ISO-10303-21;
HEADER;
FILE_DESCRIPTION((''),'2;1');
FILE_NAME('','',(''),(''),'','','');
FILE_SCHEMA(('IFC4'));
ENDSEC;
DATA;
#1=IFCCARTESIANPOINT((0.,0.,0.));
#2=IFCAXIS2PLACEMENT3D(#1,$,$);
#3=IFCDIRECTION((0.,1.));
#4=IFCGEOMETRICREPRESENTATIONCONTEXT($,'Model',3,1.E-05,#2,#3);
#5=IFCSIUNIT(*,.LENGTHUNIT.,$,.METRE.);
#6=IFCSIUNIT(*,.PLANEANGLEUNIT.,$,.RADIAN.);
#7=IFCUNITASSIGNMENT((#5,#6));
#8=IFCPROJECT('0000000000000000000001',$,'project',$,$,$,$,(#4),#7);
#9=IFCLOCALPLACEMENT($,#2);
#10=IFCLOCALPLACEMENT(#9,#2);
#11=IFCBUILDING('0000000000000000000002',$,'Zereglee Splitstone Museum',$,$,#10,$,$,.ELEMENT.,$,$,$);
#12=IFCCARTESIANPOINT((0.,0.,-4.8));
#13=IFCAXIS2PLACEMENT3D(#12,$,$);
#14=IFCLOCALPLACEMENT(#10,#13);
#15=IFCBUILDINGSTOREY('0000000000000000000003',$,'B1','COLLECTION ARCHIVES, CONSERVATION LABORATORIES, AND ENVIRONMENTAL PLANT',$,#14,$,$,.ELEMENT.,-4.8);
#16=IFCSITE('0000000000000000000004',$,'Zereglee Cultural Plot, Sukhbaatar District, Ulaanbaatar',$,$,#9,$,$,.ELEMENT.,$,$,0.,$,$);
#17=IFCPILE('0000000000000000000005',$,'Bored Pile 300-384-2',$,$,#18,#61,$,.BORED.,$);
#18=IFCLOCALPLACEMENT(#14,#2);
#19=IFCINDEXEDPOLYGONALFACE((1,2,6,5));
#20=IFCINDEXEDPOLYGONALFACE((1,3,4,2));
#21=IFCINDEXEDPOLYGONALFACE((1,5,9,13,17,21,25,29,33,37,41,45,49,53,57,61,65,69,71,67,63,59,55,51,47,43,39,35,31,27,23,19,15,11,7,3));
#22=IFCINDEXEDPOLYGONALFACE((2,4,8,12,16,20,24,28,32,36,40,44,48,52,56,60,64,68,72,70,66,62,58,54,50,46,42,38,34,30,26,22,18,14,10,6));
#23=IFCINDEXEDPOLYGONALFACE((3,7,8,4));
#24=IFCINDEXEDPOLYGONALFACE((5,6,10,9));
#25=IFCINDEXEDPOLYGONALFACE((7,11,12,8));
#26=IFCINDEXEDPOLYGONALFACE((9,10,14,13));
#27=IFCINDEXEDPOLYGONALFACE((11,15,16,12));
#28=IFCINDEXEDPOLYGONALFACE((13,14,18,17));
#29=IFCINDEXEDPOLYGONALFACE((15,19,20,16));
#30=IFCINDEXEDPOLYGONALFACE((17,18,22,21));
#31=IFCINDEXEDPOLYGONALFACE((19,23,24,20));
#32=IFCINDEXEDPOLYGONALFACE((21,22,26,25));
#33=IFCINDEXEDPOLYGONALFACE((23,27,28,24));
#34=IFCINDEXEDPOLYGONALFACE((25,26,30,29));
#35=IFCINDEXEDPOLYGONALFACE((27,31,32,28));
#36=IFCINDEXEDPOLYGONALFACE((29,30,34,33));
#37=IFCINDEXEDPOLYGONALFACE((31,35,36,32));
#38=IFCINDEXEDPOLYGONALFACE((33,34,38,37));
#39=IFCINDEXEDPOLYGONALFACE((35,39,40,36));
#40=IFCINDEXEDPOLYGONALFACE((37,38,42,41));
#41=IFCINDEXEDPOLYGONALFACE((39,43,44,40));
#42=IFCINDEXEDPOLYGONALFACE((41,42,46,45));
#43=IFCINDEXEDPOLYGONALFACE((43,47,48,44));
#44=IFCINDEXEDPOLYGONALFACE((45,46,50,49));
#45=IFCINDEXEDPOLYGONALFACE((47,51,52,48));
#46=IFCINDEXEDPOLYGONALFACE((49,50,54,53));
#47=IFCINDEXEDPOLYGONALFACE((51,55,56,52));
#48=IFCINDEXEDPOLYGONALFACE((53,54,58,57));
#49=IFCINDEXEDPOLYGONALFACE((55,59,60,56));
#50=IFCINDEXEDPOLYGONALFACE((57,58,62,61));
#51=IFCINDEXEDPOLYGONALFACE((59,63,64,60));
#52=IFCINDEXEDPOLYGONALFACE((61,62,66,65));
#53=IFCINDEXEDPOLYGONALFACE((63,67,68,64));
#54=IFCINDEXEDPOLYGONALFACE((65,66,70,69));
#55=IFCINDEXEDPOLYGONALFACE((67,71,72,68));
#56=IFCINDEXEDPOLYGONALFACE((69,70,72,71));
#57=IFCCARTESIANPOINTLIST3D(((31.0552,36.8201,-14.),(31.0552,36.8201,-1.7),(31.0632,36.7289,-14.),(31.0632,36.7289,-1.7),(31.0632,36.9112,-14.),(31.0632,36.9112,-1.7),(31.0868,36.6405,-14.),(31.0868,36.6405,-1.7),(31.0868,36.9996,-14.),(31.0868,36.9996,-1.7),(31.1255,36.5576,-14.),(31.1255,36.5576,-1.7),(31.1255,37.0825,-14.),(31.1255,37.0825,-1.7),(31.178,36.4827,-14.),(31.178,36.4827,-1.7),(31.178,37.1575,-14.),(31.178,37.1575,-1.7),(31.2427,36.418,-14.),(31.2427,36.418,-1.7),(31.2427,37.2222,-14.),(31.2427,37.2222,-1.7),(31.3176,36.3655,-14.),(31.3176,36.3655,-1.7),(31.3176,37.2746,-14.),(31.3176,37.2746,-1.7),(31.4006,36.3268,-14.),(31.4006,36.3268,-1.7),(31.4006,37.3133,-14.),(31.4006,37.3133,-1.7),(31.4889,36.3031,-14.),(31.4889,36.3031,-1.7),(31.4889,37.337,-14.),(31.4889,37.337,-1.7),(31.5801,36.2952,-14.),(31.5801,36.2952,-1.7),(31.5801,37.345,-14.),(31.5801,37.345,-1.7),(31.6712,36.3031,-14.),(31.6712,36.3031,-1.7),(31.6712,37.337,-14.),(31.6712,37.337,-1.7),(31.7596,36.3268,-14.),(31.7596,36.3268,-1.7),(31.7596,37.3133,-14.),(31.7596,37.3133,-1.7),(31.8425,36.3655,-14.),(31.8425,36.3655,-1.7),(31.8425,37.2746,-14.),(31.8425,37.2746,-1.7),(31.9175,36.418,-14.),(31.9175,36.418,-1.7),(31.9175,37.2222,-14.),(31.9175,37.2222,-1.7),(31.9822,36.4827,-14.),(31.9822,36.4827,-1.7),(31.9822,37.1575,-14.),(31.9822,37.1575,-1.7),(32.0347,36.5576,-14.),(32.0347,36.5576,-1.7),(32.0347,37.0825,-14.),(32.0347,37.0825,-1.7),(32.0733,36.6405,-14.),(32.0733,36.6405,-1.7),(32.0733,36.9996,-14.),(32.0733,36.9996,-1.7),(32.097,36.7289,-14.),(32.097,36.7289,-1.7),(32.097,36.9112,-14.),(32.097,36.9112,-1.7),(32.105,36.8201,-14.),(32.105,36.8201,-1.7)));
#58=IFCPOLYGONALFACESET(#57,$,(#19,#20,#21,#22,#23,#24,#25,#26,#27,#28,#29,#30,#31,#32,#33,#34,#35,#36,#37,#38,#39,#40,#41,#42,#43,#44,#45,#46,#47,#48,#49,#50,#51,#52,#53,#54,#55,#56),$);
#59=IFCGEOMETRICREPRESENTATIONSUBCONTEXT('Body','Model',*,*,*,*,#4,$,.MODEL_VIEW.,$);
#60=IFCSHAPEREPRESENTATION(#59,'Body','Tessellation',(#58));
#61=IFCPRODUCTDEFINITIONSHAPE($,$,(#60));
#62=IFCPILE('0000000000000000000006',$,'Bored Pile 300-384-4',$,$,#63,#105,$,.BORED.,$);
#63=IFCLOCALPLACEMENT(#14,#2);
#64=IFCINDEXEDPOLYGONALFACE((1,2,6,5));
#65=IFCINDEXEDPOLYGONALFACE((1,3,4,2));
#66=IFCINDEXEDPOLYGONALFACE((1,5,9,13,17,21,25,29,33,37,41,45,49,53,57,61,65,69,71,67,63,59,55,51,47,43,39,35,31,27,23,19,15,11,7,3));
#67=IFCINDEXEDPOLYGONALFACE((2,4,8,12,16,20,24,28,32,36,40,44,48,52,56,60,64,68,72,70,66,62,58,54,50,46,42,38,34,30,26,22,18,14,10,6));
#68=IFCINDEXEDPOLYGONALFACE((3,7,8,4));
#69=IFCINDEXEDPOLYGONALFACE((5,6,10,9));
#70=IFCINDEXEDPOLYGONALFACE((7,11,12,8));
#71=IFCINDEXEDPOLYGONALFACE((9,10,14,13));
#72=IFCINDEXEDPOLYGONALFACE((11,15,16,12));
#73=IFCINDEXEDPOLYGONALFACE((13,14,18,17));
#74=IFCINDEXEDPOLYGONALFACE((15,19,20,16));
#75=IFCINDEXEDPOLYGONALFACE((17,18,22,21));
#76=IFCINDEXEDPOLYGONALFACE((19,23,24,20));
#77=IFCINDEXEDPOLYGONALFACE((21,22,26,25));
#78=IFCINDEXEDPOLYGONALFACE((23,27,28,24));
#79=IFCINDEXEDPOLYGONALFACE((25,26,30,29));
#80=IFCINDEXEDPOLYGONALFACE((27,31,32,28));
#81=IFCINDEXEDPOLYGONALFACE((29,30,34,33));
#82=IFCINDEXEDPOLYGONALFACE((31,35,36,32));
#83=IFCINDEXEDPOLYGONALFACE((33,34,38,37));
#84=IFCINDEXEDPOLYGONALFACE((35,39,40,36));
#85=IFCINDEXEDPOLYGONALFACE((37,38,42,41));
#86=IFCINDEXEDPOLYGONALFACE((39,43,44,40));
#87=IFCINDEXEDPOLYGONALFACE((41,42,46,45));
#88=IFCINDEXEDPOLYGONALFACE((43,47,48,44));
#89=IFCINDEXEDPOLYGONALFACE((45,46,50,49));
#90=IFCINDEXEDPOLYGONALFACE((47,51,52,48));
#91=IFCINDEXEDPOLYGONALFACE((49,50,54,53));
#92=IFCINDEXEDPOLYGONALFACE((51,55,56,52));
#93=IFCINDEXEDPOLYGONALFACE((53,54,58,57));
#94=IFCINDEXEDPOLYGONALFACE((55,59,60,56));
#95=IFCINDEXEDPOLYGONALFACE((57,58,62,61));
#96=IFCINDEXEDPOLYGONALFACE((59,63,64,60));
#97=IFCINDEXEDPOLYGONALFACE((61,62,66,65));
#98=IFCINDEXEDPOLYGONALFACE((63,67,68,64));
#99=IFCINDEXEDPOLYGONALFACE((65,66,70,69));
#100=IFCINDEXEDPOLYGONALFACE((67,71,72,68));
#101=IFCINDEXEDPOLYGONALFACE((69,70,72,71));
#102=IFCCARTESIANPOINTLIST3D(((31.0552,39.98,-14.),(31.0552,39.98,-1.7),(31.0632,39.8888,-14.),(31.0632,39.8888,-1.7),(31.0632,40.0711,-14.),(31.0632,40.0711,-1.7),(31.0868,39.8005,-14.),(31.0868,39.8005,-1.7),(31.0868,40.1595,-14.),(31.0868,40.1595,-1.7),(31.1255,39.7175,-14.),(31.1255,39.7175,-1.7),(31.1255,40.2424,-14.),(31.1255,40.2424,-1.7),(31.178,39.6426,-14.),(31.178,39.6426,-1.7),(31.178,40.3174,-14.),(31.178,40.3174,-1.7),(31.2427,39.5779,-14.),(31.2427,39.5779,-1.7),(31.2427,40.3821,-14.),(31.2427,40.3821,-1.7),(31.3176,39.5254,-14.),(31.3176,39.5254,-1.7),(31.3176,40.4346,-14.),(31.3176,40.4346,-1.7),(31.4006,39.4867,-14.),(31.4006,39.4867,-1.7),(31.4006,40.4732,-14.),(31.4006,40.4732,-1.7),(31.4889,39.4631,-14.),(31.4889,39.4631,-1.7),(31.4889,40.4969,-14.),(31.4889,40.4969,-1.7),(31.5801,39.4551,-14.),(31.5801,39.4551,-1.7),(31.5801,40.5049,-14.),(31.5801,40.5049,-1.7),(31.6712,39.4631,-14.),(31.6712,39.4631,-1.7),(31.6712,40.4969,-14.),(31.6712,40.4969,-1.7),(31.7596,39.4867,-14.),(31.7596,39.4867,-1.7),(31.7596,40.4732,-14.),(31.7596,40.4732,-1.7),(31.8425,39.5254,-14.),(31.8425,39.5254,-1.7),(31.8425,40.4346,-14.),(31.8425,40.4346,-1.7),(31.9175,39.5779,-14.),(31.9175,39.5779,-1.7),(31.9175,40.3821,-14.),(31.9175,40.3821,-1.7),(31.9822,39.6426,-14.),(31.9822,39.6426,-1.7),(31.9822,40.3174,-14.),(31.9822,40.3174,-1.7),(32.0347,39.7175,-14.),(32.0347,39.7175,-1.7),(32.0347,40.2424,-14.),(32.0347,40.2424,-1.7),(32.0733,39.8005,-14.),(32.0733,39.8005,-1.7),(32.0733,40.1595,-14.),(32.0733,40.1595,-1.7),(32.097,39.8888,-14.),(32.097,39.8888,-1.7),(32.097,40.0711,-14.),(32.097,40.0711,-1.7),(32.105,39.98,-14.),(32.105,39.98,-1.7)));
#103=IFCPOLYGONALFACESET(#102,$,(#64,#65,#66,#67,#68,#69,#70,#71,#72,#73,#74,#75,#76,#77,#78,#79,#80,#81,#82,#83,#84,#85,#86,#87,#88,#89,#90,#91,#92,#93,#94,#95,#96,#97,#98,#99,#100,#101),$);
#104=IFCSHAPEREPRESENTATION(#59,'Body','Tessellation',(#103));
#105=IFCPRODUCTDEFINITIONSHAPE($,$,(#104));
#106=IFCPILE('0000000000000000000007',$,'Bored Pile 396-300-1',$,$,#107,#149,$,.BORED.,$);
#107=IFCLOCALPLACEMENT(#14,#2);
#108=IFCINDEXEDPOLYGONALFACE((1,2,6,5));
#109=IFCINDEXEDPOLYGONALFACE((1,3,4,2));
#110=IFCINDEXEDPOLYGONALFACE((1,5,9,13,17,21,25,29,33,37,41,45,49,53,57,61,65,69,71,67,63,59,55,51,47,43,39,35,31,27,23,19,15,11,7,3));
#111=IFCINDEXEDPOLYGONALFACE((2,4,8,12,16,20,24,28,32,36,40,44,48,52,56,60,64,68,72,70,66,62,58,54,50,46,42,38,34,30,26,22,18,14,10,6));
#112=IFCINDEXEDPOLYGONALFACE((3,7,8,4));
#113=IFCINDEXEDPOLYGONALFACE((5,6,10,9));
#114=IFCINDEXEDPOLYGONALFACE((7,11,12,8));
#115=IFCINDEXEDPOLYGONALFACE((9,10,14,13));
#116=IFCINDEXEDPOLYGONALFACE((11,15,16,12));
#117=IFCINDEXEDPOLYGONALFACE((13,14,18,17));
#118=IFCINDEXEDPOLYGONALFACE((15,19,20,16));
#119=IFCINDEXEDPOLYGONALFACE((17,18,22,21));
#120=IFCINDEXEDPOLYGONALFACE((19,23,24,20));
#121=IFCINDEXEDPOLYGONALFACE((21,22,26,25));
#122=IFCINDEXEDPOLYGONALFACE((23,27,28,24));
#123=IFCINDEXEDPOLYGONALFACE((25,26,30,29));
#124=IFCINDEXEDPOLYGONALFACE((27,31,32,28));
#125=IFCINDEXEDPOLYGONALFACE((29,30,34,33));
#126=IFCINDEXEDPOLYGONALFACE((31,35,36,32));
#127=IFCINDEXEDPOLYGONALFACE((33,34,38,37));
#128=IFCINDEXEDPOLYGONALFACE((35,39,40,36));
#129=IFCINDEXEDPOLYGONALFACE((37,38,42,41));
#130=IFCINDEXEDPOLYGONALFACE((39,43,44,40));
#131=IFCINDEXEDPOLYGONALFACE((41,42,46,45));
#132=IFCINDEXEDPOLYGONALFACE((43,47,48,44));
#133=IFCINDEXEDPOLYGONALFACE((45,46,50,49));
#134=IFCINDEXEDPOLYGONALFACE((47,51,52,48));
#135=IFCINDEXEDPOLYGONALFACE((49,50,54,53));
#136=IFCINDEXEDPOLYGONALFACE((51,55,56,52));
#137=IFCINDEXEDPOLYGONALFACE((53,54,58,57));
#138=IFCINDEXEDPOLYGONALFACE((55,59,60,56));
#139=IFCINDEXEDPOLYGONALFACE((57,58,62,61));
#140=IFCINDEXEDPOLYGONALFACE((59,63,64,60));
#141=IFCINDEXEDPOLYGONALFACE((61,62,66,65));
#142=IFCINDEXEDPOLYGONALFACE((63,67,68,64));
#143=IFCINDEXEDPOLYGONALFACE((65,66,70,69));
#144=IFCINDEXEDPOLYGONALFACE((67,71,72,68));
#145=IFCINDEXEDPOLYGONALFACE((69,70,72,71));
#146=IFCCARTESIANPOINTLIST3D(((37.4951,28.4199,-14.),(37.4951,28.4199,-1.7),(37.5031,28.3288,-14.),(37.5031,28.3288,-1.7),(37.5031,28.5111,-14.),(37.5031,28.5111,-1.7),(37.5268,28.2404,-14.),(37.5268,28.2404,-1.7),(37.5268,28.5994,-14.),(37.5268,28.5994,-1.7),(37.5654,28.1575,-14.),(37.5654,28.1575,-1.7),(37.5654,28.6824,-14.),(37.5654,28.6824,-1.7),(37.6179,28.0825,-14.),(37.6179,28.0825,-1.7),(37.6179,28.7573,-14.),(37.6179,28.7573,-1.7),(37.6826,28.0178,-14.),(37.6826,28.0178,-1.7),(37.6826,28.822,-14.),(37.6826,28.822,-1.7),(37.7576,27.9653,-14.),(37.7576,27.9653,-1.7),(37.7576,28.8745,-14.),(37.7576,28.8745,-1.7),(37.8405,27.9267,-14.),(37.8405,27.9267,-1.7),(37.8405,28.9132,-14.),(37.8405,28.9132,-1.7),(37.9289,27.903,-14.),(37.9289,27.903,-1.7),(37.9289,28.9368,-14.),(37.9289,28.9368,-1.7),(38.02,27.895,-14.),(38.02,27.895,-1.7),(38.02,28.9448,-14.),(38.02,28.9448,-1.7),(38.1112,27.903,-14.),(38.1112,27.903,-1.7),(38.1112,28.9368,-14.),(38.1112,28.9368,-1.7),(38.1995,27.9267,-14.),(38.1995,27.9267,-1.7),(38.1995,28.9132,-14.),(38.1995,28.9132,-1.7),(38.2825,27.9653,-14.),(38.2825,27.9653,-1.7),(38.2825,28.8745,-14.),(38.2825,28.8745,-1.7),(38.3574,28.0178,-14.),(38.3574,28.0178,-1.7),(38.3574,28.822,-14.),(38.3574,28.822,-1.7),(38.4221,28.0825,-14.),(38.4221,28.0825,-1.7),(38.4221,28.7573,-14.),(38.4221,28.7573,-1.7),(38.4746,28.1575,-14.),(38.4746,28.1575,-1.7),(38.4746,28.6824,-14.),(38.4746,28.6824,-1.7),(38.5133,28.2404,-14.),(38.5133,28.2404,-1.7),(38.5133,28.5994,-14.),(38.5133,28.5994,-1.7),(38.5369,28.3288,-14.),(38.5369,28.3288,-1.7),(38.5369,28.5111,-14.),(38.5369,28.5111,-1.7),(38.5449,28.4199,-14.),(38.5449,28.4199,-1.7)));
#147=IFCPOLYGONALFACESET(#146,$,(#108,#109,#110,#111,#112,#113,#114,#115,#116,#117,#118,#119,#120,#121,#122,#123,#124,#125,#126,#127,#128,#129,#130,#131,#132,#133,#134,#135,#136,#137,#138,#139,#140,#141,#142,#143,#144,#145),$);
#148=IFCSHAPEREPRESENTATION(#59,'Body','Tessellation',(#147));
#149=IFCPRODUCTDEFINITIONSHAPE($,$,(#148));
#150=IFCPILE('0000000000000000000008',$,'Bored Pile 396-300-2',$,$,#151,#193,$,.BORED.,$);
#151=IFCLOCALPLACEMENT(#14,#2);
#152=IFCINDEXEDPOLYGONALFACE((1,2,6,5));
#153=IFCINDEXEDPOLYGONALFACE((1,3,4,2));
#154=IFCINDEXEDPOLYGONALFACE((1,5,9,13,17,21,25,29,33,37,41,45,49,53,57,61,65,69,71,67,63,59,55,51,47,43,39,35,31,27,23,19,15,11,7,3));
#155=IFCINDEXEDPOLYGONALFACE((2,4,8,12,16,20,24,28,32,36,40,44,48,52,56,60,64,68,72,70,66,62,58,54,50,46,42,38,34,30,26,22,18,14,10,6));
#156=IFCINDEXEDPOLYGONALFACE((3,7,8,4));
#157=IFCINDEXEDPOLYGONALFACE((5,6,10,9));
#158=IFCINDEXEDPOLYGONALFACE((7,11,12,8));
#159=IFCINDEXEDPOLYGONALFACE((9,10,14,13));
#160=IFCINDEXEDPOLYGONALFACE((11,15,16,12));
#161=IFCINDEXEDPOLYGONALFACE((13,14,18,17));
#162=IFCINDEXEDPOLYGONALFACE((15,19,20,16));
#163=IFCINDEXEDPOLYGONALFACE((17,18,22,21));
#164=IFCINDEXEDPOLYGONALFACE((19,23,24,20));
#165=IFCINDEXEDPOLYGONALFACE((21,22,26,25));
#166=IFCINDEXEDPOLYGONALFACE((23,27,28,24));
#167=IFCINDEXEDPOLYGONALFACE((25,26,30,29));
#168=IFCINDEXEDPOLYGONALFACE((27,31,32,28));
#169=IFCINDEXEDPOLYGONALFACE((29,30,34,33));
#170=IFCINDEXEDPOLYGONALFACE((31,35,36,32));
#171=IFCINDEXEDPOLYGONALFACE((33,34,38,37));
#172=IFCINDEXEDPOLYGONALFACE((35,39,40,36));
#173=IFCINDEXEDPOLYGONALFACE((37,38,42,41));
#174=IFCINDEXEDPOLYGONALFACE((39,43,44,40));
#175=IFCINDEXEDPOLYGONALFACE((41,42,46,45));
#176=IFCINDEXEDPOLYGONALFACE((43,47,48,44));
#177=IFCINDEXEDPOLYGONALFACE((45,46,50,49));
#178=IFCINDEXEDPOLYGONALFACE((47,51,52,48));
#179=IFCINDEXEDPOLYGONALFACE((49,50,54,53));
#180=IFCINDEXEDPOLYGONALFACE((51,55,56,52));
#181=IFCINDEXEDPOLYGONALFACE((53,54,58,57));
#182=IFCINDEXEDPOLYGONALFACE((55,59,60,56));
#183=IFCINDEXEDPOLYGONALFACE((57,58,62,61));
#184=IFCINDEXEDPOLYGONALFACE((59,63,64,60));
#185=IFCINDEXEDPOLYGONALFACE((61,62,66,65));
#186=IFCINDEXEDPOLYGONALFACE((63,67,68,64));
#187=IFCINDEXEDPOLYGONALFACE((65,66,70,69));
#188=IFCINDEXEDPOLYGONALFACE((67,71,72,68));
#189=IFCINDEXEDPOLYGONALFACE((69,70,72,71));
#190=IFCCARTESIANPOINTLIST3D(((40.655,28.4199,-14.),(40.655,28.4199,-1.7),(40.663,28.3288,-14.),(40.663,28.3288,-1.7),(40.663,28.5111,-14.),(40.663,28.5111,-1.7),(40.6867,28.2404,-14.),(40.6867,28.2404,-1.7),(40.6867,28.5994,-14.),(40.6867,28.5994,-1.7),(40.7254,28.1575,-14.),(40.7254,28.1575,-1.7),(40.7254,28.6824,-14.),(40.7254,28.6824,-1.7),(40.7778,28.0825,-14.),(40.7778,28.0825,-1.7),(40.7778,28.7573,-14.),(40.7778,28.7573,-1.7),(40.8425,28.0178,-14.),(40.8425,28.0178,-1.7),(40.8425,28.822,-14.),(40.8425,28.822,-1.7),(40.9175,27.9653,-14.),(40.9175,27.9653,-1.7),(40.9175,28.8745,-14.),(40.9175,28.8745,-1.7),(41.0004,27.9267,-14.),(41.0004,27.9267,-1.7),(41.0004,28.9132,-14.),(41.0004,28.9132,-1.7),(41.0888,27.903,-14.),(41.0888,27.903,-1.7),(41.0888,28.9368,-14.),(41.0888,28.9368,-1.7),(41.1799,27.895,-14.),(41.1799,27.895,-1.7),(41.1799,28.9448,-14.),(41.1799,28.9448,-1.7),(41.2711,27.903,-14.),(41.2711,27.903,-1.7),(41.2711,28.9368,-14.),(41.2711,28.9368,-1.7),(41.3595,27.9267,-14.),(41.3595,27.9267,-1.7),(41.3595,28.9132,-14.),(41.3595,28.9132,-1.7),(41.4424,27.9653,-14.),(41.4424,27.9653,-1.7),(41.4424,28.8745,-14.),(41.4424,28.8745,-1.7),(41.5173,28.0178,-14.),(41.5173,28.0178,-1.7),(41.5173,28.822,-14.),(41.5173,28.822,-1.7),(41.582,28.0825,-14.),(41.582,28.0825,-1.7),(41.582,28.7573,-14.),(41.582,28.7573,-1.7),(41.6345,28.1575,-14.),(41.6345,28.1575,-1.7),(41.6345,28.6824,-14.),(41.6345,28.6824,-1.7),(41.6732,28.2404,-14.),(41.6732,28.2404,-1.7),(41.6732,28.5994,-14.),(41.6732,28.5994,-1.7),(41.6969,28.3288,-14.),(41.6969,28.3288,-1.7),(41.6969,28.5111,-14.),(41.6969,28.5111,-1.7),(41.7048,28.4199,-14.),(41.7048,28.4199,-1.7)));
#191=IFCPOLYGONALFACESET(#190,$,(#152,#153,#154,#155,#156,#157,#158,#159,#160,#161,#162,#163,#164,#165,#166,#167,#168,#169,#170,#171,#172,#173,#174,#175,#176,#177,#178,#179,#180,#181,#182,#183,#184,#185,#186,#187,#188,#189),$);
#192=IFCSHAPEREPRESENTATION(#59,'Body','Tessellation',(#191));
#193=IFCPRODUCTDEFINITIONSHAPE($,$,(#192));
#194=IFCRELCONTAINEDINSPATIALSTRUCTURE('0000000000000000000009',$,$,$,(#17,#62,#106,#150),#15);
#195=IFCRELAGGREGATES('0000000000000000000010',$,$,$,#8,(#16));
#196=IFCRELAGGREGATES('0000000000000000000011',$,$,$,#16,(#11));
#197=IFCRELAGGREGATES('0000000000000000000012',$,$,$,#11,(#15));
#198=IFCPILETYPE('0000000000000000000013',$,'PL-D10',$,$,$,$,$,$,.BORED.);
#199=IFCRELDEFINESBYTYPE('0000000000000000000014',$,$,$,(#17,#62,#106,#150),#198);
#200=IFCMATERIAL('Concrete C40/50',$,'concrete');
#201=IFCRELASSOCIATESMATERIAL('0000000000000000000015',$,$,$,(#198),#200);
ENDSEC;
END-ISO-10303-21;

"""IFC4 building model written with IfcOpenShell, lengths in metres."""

from ifc_helpers import new_model, si_unit, direction, frame, origin, origin_2d, place, context, subcontext, project, spatial, circle, extrude, material, material_profile, profile_set, type_object, element, save


model = new_model("IFC4")

# Units and contexts
model_context = context("Model", 3, precision=1e-05, world=origin(), true_north=direction((0.0, 1.0)))
body_context = subcontext(model_context, "Body", "Model", "MODEL_VIEW")
ifc_project = project(units=[si_unit("LENGTHUNIT", "METRE"), si_unit("PLANEANGLEUNIT", "RADIAN")], contexts=[model_context])

# Site, building, storey
site_placement = place(None, origin())
site = spatial("IfcSite", under=ifc_project, at=site_placement, Name="Zereglee Cultural Plot, Sukhbaatar District, Ulaanbaatar", CompositionType="ELEMENT", RefElevation=0.0)
building_placement = place(site_placement, origin())
building = spatial("IfcBuilding", under=site, at=building_placement, Name="Zereglee Splitstone Museum", CompositionType="ELEMENT")
storey_placement = place(building_placement, frame((0.0, 0.0, -4.8)))
storey = spatial("IfcBuildingStorey", under=building, at=storey_placement, Name="B1", Description="COLLECTION ARCHIVES, CONSERVATION LABORATORIES, AND ENVIRONMENTAL PLANT", CompositionType="ELEMENT", Elevation=-4.8)

# Shared definitions
ifc_material_1 = material(Name="Concrete C40/50", Category="concrete")

# Piles
ifc_material_profile_1 = material_profile(ifc_material_1, circle(Radius=0.5249, at=origin_2d()), Name="PILE D1050")
ifc_profile_set_1 = profile_set([ifc_material_profile_1], Name="Concrete C40/50")
pile_type = type_object("IfcPileType", Name="PL-D10", PredefinedType="BORED", material=ifc_profile_set_1)
for number, where, z_axis, x_axis, name in (
    (1, (31.5801, 36.8201, -1.7), (0.0, 0.0, -1.0), (1.0, 0.0, 0.0), "Bored Pile 300-384-2"),
    (2, (31.5801, 39.98, -1.7), (0.0, 0.0, -1.0), (1.0, 0.0, 0.0), "Bored Pile 300-384-4"),
    (3, (38.02, 28.4199, -1.7), (0.0, 0.0, -1.0), (1.0, 0.0, 0.0), "Bored Pile 396-300-1"),
    (4, (41.1799, 28.4199, -1.7), (0.0, 0.0, -1.0), (1.0, 0.0, 0.0), "Bored Pile 396-300-2"),
):
    element("IfcPile", number, at=place(storey_placement, frame(where, z_axis=z_axis, x_axis=x_axis)), inside=storey, type_object=pile_type, Name=name, PredefinedType="BORED", context=body_context, shape_type="SweptSolid", body=[
        extrude(circle(Radius=0.5249, at=origin_2d()), origin(), (0.0, 0.0, 1.0), 12.3),
    ])

save(model, "model.ifc")
